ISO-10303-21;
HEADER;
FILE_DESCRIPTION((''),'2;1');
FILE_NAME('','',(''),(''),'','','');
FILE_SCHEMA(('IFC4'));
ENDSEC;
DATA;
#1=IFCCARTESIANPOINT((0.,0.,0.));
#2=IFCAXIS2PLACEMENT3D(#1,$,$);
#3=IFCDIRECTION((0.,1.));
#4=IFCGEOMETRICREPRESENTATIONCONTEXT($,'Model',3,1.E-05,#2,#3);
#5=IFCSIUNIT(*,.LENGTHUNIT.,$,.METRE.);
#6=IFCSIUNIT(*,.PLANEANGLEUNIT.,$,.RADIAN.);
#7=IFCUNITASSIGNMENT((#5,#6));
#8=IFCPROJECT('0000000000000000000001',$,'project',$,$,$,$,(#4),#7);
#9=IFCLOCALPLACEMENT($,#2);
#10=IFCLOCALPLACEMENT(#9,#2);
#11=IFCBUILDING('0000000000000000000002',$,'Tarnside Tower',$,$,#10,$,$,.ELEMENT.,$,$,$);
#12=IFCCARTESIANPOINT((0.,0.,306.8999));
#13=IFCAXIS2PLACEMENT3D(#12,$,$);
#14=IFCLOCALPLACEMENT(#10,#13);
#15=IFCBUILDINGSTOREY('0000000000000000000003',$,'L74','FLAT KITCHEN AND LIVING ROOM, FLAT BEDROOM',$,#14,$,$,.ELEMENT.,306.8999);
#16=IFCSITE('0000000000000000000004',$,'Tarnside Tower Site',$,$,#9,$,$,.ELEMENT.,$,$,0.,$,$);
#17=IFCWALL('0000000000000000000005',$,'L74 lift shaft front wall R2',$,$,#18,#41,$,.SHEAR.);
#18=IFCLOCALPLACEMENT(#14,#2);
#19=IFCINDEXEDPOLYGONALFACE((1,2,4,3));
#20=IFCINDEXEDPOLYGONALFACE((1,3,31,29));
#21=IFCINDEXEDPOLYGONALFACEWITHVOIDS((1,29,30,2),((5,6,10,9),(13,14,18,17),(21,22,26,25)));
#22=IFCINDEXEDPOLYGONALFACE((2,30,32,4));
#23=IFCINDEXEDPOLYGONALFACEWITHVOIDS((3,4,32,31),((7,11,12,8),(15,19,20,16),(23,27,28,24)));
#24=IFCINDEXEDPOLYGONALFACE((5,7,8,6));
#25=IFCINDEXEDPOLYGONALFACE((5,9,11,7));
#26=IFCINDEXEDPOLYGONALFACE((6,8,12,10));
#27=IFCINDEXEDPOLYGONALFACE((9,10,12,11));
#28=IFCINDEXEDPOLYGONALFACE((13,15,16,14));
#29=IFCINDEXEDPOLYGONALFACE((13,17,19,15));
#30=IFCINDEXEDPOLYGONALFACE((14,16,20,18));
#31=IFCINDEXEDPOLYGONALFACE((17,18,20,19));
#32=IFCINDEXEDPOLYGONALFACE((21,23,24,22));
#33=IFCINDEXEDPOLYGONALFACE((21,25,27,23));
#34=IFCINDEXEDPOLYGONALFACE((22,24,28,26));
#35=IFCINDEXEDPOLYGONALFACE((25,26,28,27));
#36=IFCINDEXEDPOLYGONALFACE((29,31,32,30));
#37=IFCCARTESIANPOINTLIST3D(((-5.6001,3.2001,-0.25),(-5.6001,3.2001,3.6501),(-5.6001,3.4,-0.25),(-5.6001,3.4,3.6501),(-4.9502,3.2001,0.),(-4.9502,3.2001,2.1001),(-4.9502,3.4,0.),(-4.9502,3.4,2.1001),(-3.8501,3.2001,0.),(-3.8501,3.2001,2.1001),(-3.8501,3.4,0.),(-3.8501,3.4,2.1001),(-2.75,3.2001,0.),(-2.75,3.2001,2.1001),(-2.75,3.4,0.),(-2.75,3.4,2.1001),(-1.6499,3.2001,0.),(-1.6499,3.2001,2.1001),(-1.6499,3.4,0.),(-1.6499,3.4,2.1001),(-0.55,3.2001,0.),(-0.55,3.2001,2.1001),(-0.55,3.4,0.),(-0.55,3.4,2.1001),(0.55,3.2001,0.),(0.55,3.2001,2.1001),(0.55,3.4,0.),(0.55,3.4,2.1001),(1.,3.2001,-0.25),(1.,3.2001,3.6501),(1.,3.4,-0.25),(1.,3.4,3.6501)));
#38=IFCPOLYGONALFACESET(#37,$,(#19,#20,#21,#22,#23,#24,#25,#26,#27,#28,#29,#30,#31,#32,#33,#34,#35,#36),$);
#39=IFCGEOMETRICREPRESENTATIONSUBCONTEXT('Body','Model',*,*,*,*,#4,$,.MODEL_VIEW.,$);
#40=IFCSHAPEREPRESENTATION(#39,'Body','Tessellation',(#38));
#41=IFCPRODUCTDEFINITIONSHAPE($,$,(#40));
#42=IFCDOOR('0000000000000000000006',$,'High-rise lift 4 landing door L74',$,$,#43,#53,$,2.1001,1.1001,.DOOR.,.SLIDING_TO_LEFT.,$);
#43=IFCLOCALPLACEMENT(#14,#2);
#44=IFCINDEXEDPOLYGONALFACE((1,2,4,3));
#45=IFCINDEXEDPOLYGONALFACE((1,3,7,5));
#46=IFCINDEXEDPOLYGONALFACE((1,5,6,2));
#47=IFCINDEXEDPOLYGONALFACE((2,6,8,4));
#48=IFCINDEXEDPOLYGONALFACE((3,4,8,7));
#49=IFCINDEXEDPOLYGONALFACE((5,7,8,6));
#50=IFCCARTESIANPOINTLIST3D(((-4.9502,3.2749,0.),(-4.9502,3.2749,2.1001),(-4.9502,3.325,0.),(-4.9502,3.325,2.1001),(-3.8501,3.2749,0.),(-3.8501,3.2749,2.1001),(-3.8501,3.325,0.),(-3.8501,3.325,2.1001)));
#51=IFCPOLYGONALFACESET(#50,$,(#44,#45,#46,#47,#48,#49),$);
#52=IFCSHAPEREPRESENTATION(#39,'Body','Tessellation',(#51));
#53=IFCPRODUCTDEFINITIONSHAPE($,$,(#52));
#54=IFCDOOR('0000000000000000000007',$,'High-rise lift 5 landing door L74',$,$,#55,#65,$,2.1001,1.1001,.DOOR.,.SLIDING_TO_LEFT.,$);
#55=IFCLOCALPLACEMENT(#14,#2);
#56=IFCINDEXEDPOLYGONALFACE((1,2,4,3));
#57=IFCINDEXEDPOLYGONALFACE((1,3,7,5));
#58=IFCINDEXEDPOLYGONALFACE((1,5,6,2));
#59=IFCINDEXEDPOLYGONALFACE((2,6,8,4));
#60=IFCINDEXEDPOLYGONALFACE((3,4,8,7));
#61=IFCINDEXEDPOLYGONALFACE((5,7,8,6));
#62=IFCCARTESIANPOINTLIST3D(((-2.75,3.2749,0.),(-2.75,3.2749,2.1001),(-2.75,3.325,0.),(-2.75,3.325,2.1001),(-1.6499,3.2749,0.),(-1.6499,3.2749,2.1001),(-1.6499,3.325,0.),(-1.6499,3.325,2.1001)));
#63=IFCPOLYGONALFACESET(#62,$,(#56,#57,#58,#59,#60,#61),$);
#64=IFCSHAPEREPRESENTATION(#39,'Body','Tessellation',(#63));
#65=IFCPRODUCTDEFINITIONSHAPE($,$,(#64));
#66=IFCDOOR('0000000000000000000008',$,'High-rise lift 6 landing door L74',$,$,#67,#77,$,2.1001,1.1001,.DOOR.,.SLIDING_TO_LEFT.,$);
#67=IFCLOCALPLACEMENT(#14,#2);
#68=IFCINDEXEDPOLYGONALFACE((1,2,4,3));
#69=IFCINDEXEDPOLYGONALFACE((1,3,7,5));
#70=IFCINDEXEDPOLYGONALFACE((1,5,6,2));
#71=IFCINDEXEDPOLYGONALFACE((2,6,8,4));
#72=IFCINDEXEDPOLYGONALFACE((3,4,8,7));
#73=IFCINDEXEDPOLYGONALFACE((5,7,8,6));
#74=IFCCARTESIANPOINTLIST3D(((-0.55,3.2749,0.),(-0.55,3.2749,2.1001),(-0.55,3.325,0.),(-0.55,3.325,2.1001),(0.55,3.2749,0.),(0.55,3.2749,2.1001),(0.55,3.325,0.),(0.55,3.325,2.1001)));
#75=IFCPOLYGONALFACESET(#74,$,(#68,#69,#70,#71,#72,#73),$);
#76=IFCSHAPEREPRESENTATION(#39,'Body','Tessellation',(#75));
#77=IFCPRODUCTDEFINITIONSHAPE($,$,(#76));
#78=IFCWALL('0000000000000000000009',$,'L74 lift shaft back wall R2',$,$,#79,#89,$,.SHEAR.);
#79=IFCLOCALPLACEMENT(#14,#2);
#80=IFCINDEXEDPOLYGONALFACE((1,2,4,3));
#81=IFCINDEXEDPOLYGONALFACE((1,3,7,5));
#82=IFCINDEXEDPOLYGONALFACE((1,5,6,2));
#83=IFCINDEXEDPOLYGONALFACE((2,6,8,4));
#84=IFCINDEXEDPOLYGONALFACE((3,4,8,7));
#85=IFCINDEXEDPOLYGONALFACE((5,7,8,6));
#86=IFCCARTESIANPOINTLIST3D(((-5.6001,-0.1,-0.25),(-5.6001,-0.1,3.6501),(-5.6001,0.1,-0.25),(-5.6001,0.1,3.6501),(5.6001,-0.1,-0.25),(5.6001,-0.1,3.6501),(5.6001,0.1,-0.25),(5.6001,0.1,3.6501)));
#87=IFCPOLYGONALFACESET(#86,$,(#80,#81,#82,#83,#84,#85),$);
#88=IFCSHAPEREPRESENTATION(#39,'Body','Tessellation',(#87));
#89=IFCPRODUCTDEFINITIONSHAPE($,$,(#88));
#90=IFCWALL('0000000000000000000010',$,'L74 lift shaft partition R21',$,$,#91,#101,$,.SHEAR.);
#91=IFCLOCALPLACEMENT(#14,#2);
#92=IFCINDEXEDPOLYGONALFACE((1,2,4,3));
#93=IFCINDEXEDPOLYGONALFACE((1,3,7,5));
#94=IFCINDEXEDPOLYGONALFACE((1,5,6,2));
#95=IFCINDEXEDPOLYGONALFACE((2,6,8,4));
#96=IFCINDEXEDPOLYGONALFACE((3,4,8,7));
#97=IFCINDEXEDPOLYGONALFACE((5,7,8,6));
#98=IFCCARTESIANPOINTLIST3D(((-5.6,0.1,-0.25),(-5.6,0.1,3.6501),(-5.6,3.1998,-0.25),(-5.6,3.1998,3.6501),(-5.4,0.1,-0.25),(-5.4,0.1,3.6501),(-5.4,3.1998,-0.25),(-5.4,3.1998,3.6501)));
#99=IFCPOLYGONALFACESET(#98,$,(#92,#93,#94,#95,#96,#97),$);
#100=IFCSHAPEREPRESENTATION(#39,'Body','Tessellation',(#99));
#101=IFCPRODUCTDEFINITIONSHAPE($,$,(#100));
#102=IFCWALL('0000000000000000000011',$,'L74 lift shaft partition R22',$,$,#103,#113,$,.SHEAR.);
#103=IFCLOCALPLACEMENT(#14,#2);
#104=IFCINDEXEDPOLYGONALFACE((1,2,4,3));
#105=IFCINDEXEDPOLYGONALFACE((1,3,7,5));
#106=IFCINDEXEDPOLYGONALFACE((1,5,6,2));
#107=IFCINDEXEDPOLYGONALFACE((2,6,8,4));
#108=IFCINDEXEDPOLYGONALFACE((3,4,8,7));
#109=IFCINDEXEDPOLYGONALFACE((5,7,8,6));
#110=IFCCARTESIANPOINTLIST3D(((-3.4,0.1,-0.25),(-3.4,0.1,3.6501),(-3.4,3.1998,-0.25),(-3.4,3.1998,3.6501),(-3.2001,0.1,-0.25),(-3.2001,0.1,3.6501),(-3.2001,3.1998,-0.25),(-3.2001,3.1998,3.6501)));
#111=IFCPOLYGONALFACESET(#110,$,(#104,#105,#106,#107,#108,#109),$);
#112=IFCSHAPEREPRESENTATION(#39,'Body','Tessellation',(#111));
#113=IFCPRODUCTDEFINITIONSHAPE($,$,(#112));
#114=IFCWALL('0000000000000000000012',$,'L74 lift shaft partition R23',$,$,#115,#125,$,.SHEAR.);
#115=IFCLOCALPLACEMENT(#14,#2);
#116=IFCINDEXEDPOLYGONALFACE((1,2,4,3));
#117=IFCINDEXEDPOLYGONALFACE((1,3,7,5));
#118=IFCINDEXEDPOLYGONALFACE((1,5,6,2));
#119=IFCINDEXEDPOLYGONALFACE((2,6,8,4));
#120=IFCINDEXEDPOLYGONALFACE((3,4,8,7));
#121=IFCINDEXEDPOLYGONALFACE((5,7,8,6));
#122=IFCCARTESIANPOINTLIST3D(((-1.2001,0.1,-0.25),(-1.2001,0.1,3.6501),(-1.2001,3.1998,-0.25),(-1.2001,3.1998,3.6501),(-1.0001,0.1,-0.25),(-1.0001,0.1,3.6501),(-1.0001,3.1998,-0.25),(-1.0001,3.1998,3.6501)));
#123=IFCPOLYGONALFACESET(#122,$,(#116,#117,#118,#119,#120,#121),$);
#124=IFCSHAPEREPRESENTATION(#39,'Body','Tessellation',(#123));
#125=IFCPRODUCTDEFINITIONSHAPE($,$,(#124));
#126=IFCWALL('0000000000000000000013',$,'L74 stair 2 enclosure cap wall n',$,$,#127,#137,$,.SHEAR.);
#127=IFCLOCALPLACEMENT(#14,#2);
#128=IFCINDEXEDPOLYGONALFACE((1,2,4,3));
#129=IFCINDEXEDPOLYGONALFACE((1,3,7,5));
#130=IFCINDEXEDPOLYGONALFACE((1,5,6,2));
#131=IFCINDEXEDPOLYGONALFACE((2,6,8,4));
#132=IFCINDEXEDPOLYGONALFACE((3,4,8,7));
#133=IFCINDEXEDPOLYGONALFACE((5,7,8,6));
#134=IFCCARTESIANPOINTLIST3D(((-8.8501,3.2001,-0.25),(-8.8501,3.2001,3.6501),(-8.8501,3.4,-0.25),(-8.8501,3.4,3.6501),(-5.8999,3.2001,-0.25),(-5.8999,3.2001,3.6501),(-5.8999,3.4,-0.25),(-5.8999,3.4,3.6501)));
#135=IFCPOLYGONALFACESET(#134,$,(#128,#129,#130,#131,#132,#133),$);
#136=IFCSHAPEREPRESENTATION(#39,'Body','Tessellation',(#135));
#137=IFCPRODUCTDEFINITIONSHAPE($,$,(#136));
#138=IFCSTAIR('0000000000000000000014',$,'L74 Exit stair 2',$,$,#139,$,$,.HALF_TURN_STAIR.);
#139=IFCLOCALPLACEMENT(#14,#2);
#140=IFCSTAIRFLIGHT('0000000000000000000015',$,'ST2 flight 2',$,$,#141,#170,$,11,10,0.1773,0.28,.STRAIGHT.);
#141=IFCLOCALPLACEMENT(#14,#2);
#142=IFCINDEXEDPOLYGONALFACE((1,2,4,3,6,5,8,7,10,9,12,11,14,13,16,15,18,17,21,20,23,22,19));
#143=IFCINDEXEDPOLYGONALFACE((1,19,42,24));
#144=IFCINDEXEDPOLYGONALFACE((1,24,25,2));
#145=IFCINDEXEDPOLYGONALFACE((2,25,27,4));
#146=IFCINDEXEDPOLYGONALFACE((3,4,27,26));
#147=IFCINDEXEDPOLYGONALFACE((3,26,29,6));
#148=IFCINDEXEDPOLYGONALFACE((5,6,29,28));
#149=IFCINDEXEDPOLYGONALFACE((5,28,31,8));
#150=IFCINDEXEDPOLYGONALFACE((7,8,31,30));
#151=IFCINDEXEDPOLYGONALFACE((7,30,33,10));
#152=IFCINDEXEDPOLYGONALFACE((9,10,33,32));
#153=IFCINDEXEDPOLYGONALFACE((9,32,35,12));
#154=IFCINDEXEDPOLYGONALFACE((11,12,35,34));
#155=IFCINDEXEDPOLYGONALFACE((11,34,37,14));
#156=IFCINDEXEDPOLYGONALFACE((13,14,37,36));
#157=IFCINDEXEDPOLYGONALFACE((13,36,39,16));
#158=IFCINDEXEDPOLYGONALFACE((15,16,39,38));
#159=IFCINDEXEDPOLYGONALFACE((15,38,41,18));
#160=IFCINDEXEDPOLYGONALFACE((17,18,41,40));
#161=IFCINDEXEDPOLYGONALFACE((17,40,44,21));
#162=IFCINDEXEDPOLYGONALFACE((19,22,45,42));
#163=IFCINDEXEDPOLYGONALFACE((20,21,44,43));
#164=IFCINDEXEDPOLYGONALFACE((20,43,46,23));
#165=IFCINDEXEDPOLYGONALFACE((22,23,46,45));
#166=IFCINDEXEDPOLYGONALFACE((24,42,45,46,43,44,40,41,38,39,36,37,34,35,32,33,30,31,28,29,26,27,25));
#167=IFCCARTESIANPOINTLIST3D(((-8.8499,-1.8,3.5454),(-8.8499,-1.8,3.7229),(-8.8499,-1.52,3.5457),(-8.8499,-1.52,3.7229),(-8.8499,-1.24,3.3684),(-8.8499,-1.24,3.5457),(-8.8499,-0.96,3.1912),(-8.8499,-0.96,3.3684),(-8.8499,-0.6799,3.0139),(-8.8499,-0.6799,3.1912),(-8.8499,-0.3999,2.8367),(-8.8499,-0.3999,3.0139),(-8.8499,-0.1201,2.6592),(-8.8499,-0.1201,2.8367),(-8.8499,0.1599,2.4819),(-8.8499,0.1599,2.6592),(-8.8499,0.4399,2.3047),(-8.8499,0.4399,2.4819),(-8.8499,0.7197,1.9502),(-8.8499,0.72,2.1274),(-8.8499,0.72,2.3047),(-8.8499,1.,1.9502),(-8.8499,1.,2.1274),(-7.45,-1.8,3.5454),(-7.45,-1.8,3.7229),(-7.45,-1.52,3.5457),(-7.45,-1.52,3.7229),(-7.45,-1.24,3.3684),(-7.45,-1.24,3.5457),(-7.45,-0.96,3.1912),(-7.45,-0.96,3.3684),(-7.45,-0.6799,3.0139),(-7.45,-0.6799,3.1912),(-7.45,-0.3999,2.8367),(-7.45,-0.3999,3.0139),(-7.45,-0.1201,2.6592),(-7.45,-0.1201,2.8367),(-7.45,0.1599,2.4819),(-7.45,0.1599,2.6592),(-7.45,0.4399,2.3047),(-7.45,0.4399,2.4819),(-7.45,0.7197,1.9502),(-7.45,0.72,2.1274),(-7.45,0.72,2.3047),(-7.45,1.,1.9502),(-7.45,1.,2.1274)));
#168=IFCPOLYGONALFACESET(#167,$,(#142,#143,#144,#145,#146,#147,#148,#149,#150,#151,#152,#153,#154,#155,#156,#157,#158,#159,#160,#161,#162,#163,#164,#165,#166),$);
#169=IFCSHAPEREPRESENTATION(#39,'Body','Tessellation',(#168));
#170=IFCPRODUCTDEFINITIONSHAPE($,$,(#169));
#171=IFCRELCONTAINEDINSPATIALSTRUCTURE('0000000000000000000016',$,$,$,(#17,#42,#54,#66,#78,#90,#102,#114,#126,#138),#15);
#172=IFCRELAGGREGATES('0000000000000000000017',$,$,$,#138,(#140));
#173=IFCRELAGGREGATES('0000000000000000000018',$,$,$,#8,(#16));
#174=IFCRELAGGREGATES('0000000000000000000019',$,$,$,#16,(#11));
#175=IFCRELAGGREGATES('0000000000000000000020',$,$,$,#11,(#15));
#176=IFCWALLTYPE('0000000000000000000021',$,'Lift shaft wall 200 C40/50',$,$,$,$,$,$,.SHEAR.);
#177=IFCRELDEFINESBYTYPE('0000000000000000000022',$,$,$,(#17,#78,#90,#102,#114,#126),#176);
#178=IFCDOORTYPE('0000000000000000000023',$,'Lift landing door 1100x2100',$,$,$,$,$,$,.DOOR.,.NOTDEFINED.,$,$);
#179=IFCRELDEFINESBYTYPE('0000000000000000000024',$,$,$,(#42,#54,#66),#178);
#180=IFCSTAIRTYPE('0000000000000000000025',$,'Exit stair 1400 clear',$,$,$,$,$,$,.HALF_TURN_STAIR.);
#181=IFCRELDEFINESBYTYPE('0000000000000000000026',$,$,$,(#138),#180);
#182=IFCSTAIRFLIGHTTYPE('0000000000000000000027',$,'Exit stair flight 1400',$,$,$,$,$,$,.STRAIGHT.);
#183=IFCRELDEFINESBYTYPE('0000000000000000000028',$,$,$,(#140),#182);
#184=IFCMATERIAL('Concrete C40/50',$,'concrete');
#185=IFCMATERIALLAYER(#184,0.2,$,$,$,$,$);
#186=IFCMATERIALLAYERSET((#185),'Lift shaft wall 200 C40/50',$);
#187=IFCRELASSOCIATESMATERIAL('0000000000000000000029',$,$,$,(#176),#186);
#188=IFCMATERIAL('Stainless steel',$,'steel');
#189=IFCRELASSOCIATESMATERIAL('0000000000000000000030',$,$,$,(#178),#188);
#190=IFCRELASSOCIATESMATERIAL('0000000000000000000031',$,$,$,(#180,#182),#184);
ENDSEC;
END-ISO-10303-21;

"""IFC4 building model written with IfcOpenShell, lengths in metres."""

from ifc_helpers import new_model, si_unit, direction, frame, frame_2d, origin, place, context, subcontext, project, spatial, polyline, rectangle, outline, extrude, material, layer, layer_set, type_object, element, fill, aggregate, save


model = new_model("IFC4")

# Units and contexts
model_context = context("Model", 3, precision=1e-05, world=origin(), true_north=direction((0.0, 1.0)))
body_context = subcontext(model_context, "Body", "Model", "MODEL_VIEW")
ifc_project = project(units=[si_unit("LENGTHUNIT", "METRE"), si_unit("PLANEANGLEUNIT", "RADIAN")], contexts=[model_context])

# Site, building, storey
site_placement = place(None, origin())
site = spatial("IfcSite", under=ifc_project, at=site_placement, Name="Tarnside Tower Site", CompositionType="ELEMENT", RefElevation=0.0)
building_placement = place(site_placement, origin())
building = spatial("IfcBuilding", under=site, at=building_placement, Name="Tarnside Tower", CompositionType="ELEMENT")
storey_placement = place(building_placement, frame((0.0, 0.0, 306.8999)))
storey = spatial("IfcBuildingStorey", under=building, at=storey_placement, Name="L74", Description="FLAT KITCHEN AND LIVING ROOM, FLAT BEDROOM", CompositionType="ELEMENT", Elevation=306.8999)

# Shared definitions
ifc_material_1 = material(Name="Concrete C40/50", Category="concrete")
ifc_layer_1 = layer(ifc_material_1, 0.2)
ifc_layer_set_1 = layer_set([ifc_layer_1], Name="Lift shaft wall 200 C40/50")
wall_type_1 = type_object("IfcWallType", Name="Lift shaft wall 200 C40/50", PredefinedType="SHEAR", material=ifc_layer_set_1)
ifc_material_2 = material(Name="Stainless steel", Category="steel")
door_type_1 = type_object("IfcDoorType", Name="Lift landing door 1100x2100", OperationType="NOTDEFINED", PredefinedType="DOOR", material=ifc_material_2)

# Wall, openings, doors
wall_1_placement = place(storey_placement, frame((-5.6001, 3.3, -0.25), z_axis=(0.0, 0.0, 1.0), x_axis=(1.0, 0.0, 0.0)))
wall_1 = element("IfcWall", 1, at=wall_1_placement, inside=storey, type_object=wall_type_1, Name="L74 lift shaft front wall R2", PredefinedType="SHEAR", context=body_context, shape_type="SweptSolid", body=[
    extrude(rectangle(XDim=6.6001, YDim=0.2, at=frame_2d((3.3, 0.0))), origin(), (0.0, 0.0, 1.0), 3.9001),
])
opening_1_placement = place(wall_1_placement, frame((0.6499, 0.0, 0.25)))
opening_1 = element("IfcOpeningElement", 2, at=opening_1_placement, cuts=wall_1, PredefinedType="OPENING", context=body_context, shape_type="SweptSolid", body=[
    extrude(rectangle(XDim=1.1001, YDim=2.1001, at=frame_2d((0.55, 1.05))), frame((0.0, 0.1099, 0.0), z_axis=(0.0, -1.0, 0.0), x_axis=(1.0, 0.0, 0.0)), (0.0, 0.0, 1.0), 0.22),
])
opening_2_placement = place(wall_1_placement, frame((2.8501, 0.0, 0.25)))
opening_2 = element("IfcOpeningElement", 3, at=opening_2_placement, cuts=wall_1, PredefinedType="OPENING", context=body_context, shape_type="SweptSolid", body=[
    extrude(rectangle(XDim=1.1001, YDim=2.1001, at=frame_2d((0.55, 1.05))), frame((0.0, 0.1099, 0.0), z_axis=(0.0, -1.0, 0.0), x_axis=(1.0, 0.0, 0.0)), (0.0, 0.0, 1.0), 0.22),
])
opening_3_placement = place(wall_1_placement, frame((5.05, 0.0, 0.25)))
opening_3 = element("IfcOpeningElement", 4, at=opening_3_placement, cuts=wall_1, PredefinedType="OPENING", context=body_context, shape_type="SweptSolid", body=[
    extrude(rectangle(XDim=1.1001, YDim=2.1001, at=frame_2d((0.55, 1.05))), frame((0.0, 0.1099, 0.0), z_axis=(0.0, -1.0, 0.0), x_axis=(1.0, 0.0, 0.0)), (0.0, 0.0, 1.0), 0.22),
])
door_1_placement = place(opening_1_placement, origin())
door_1 = element("IfcDoor", 5, at=door_1_placement, inside=storey, type_object=door_type_1, Name="High-rise lift 4 landing door L74", OperationType="SLIDING_TO_LEFT", OverallHeight=2.1001, OverallWidth=1.1001, PredefinedType="DOOR", context=body_context, shape_type="SweptSolid", body=[
    extrude(rectangle(XDim=1.1001, YDim=2.1001, at=frame_2d((0.55, 1.05))), frame((0.0, 0.0249, 0.0), z_axis=(0.0, -1.0, 0.0), x_axis=(1.0, 0.0, 0.0)), (0.0, 0.0, 1.0), 0.05),
])
fill(opening_1, door_1)
door_2_placement = place(opening_2_placement, origin())
door_2 = element("IfcDoor", 6, at=door_2_placement, inside=storey, type_object=door_type_1, Name="High-rise lift 5 landing door L74", OperationType="SLIDING_TO_LEFT", OverallHeight=2.1001, OverallWidth=1.1001, PredefinedType="DOOR", context=body_context, shape_type="SweptSolid", body=[
    extrude(rectangle(XDim=1.1001, YDim=2.1001, at=frame_2d((0.55, 1.05))), frame((0.0, 0.0249, 0.0), z_axis=(0.0, -1.0, 0.0), x_axis=(1.0, 0.0, 0.0)), (0.0, 0.0, 1.0), 0.05),
])
fill(opening_2, door_2)
door_3_placement = place(opening_3_placement, origin())
door_3 = element("IfcDoor", 7, at=door_3_placement, inside=storey, type_object=door_type_1, Name="High-rise lift 6 landing door L74", OperationType="SLIDING_TO_LEFT", OverallHeight=2.1001, OverallWidth=1.1001, PredefinedType="DOOR", context=body_context, shape_type="SweptSolid", body=[
    extrude(rectangle(XDim=1.1001, YDim=2.1001, at=frame_2d((0.55, 1.05))), frame((0.0, 0.0249, 0.0), z_axis=(0.0, -1.0, 0.0), x_axis=(1.0, 0.0, 0.0)), (0.0, 0.0, 1.0), 0.05),
])
fill(opening_3, door_3)

# Walls
wall_2_placement = place(storey_placement, frame((-5.6001, 0.0, -0.25), z_axis=(0.0, 0.0, 1.0), x_axis=(1.0, 0.0, 0.0)))
element("IfcWall", 8, at=wall_2_placement, inside=storey, type_object=wall_type_1, Name="L74 lift shaft back wall R2", PredefinedType="SHEAR", context=body_context, shape_type="SweptSolid", body=[
    extrude(rectangle(XDim=11.2002, YDim=0.2, at=frame_2d((5.6001, 0.0))), origin(), (0.0, 0.0, 1.0), 3.9001),
])
for number, where, z_axis, x_axis, name in (
    (9, (-5.5, 0.1001, -0.25), (0.0, 0.0, 1.0), (0.0, 1.0, 0.0), "L74 lift shaft partition R21"),
    (10, (-3.3, 0.1001, -0.25), (0.0, 0.0, 1.0), (0.0, 1.0, 0.0), "L74 lift shaft partition R22"),
    (11, (-1.1001, 0.1001, -0.25), (0.0, 0.0, 1.0), (0.0, 1.0, 0.0), "L74 lift shaft partition R23"),
):
    element("IfcWall", number, at=place(storey_placement, frame(where, z_axis=z_axis, x_axis=x_axis)), inside=storey, type_object=wall_type_1, Name=name, PredefinedType="SHEAR", context=body_context, shape_type="SweptSolid", body=[
        extrude(rectangle(XDim=3.0999, YDim=0.2, at=frame_2d((1.5498, 0.0))), origin(), (0.0, 0.0, 1.0), 3.9001),
    ])
wall_3_placement = place(storey_placement, frame((-8.8501, 3.3, -0.25), z_axis=(0.0, 0.0, 1.0), x_axis=(1.0, 0.0, 0.0)))
element("IfcWall", 12, at=wall_3_placement, inside=storey, type_object=wall_type_1, Name="L74 stair 2 enclosure cap wall n", PredefinedType="SHEAR", context=body_context, shape_type="SweptSolid", body=[
    extrude(rectangle(XDim=2.9502, YDim=0.2, at=frame_2d((1.4751, 0.0))), origin(), (0.0, 0.0, 1.0), 3.9001),
])

# Stair, stair flight
stair_type = type_object("IfcStairType", Name="Exit stair 1400 clear", PredefinedType="HALF_TURN_STAIR", material=ifc_material_1)
stair_placement = place(storey_placement, origin())
stair = element("IfcStair", 13, at=stair_placement, inside=storey, type_object=stair_type, Name="L74 Exit stair 2", PredefinedType="HALF_TURN_STAIR")
stair_flight_type = type_object("IfcStairFlightType", Name="Exit stair flight 1400", PredefinedType="STRAIGHT", material=ifc_material_1)
stair_flight_placement = place(storey_placement, frame((-8.1499, 1.0, 1.9502), z_axis=(0.0, 0.0, 1.0), x_axis=(0.0, -1.0, 0.0)))
stair_flight = element("IfcStairFlight", 14, at=stair_flight_placement, type_object=stair_flight_type, Name="ST2 flight 2", NumberOfRisers=11, NumberOfTreads=10, PredefinedType="STRAIGHT", RiserHeight=0.1773, TreadLength=0.28, context=body_context, shape_type="SweptSolid", body=[
    extrude(outline(polyline([(0.0, 0.0), (0.0, 0.1772), (0.28, 0.1772), (0.28, 0.3545), (0.5601, 0.3545), (0.5601, 0.5317), (0.8401, 0.5317), (0.8401, 0.709), (1.1201, 0.709), (1.1201, 0.8865), (1.3999, 0.8865), (1.3999, 1.0637), (1.6799, 1.0637), (1.6799, 1.241), (1.96, 1.241), (1.96, 1.4182), (2.24, 1.4182), (2.24, 1.5955), (2.52, 1.5955), (2.52, 1.7727), (2.8, 1.7727), (2.8, 1.95), (2.8, 1.5952), (0.2803, 0.0), (0.0, 0.0)])), frame((0.0, 0.7, 0.0), z_axis=(0.0, -1.0, 0.0), x_axis=(1.0, 0.0, 0.0)), (0.0, 0.0, 1.0), 1.3999),
])
aggregate(stair, [stair_flight])

save(model, "model.ifc")
